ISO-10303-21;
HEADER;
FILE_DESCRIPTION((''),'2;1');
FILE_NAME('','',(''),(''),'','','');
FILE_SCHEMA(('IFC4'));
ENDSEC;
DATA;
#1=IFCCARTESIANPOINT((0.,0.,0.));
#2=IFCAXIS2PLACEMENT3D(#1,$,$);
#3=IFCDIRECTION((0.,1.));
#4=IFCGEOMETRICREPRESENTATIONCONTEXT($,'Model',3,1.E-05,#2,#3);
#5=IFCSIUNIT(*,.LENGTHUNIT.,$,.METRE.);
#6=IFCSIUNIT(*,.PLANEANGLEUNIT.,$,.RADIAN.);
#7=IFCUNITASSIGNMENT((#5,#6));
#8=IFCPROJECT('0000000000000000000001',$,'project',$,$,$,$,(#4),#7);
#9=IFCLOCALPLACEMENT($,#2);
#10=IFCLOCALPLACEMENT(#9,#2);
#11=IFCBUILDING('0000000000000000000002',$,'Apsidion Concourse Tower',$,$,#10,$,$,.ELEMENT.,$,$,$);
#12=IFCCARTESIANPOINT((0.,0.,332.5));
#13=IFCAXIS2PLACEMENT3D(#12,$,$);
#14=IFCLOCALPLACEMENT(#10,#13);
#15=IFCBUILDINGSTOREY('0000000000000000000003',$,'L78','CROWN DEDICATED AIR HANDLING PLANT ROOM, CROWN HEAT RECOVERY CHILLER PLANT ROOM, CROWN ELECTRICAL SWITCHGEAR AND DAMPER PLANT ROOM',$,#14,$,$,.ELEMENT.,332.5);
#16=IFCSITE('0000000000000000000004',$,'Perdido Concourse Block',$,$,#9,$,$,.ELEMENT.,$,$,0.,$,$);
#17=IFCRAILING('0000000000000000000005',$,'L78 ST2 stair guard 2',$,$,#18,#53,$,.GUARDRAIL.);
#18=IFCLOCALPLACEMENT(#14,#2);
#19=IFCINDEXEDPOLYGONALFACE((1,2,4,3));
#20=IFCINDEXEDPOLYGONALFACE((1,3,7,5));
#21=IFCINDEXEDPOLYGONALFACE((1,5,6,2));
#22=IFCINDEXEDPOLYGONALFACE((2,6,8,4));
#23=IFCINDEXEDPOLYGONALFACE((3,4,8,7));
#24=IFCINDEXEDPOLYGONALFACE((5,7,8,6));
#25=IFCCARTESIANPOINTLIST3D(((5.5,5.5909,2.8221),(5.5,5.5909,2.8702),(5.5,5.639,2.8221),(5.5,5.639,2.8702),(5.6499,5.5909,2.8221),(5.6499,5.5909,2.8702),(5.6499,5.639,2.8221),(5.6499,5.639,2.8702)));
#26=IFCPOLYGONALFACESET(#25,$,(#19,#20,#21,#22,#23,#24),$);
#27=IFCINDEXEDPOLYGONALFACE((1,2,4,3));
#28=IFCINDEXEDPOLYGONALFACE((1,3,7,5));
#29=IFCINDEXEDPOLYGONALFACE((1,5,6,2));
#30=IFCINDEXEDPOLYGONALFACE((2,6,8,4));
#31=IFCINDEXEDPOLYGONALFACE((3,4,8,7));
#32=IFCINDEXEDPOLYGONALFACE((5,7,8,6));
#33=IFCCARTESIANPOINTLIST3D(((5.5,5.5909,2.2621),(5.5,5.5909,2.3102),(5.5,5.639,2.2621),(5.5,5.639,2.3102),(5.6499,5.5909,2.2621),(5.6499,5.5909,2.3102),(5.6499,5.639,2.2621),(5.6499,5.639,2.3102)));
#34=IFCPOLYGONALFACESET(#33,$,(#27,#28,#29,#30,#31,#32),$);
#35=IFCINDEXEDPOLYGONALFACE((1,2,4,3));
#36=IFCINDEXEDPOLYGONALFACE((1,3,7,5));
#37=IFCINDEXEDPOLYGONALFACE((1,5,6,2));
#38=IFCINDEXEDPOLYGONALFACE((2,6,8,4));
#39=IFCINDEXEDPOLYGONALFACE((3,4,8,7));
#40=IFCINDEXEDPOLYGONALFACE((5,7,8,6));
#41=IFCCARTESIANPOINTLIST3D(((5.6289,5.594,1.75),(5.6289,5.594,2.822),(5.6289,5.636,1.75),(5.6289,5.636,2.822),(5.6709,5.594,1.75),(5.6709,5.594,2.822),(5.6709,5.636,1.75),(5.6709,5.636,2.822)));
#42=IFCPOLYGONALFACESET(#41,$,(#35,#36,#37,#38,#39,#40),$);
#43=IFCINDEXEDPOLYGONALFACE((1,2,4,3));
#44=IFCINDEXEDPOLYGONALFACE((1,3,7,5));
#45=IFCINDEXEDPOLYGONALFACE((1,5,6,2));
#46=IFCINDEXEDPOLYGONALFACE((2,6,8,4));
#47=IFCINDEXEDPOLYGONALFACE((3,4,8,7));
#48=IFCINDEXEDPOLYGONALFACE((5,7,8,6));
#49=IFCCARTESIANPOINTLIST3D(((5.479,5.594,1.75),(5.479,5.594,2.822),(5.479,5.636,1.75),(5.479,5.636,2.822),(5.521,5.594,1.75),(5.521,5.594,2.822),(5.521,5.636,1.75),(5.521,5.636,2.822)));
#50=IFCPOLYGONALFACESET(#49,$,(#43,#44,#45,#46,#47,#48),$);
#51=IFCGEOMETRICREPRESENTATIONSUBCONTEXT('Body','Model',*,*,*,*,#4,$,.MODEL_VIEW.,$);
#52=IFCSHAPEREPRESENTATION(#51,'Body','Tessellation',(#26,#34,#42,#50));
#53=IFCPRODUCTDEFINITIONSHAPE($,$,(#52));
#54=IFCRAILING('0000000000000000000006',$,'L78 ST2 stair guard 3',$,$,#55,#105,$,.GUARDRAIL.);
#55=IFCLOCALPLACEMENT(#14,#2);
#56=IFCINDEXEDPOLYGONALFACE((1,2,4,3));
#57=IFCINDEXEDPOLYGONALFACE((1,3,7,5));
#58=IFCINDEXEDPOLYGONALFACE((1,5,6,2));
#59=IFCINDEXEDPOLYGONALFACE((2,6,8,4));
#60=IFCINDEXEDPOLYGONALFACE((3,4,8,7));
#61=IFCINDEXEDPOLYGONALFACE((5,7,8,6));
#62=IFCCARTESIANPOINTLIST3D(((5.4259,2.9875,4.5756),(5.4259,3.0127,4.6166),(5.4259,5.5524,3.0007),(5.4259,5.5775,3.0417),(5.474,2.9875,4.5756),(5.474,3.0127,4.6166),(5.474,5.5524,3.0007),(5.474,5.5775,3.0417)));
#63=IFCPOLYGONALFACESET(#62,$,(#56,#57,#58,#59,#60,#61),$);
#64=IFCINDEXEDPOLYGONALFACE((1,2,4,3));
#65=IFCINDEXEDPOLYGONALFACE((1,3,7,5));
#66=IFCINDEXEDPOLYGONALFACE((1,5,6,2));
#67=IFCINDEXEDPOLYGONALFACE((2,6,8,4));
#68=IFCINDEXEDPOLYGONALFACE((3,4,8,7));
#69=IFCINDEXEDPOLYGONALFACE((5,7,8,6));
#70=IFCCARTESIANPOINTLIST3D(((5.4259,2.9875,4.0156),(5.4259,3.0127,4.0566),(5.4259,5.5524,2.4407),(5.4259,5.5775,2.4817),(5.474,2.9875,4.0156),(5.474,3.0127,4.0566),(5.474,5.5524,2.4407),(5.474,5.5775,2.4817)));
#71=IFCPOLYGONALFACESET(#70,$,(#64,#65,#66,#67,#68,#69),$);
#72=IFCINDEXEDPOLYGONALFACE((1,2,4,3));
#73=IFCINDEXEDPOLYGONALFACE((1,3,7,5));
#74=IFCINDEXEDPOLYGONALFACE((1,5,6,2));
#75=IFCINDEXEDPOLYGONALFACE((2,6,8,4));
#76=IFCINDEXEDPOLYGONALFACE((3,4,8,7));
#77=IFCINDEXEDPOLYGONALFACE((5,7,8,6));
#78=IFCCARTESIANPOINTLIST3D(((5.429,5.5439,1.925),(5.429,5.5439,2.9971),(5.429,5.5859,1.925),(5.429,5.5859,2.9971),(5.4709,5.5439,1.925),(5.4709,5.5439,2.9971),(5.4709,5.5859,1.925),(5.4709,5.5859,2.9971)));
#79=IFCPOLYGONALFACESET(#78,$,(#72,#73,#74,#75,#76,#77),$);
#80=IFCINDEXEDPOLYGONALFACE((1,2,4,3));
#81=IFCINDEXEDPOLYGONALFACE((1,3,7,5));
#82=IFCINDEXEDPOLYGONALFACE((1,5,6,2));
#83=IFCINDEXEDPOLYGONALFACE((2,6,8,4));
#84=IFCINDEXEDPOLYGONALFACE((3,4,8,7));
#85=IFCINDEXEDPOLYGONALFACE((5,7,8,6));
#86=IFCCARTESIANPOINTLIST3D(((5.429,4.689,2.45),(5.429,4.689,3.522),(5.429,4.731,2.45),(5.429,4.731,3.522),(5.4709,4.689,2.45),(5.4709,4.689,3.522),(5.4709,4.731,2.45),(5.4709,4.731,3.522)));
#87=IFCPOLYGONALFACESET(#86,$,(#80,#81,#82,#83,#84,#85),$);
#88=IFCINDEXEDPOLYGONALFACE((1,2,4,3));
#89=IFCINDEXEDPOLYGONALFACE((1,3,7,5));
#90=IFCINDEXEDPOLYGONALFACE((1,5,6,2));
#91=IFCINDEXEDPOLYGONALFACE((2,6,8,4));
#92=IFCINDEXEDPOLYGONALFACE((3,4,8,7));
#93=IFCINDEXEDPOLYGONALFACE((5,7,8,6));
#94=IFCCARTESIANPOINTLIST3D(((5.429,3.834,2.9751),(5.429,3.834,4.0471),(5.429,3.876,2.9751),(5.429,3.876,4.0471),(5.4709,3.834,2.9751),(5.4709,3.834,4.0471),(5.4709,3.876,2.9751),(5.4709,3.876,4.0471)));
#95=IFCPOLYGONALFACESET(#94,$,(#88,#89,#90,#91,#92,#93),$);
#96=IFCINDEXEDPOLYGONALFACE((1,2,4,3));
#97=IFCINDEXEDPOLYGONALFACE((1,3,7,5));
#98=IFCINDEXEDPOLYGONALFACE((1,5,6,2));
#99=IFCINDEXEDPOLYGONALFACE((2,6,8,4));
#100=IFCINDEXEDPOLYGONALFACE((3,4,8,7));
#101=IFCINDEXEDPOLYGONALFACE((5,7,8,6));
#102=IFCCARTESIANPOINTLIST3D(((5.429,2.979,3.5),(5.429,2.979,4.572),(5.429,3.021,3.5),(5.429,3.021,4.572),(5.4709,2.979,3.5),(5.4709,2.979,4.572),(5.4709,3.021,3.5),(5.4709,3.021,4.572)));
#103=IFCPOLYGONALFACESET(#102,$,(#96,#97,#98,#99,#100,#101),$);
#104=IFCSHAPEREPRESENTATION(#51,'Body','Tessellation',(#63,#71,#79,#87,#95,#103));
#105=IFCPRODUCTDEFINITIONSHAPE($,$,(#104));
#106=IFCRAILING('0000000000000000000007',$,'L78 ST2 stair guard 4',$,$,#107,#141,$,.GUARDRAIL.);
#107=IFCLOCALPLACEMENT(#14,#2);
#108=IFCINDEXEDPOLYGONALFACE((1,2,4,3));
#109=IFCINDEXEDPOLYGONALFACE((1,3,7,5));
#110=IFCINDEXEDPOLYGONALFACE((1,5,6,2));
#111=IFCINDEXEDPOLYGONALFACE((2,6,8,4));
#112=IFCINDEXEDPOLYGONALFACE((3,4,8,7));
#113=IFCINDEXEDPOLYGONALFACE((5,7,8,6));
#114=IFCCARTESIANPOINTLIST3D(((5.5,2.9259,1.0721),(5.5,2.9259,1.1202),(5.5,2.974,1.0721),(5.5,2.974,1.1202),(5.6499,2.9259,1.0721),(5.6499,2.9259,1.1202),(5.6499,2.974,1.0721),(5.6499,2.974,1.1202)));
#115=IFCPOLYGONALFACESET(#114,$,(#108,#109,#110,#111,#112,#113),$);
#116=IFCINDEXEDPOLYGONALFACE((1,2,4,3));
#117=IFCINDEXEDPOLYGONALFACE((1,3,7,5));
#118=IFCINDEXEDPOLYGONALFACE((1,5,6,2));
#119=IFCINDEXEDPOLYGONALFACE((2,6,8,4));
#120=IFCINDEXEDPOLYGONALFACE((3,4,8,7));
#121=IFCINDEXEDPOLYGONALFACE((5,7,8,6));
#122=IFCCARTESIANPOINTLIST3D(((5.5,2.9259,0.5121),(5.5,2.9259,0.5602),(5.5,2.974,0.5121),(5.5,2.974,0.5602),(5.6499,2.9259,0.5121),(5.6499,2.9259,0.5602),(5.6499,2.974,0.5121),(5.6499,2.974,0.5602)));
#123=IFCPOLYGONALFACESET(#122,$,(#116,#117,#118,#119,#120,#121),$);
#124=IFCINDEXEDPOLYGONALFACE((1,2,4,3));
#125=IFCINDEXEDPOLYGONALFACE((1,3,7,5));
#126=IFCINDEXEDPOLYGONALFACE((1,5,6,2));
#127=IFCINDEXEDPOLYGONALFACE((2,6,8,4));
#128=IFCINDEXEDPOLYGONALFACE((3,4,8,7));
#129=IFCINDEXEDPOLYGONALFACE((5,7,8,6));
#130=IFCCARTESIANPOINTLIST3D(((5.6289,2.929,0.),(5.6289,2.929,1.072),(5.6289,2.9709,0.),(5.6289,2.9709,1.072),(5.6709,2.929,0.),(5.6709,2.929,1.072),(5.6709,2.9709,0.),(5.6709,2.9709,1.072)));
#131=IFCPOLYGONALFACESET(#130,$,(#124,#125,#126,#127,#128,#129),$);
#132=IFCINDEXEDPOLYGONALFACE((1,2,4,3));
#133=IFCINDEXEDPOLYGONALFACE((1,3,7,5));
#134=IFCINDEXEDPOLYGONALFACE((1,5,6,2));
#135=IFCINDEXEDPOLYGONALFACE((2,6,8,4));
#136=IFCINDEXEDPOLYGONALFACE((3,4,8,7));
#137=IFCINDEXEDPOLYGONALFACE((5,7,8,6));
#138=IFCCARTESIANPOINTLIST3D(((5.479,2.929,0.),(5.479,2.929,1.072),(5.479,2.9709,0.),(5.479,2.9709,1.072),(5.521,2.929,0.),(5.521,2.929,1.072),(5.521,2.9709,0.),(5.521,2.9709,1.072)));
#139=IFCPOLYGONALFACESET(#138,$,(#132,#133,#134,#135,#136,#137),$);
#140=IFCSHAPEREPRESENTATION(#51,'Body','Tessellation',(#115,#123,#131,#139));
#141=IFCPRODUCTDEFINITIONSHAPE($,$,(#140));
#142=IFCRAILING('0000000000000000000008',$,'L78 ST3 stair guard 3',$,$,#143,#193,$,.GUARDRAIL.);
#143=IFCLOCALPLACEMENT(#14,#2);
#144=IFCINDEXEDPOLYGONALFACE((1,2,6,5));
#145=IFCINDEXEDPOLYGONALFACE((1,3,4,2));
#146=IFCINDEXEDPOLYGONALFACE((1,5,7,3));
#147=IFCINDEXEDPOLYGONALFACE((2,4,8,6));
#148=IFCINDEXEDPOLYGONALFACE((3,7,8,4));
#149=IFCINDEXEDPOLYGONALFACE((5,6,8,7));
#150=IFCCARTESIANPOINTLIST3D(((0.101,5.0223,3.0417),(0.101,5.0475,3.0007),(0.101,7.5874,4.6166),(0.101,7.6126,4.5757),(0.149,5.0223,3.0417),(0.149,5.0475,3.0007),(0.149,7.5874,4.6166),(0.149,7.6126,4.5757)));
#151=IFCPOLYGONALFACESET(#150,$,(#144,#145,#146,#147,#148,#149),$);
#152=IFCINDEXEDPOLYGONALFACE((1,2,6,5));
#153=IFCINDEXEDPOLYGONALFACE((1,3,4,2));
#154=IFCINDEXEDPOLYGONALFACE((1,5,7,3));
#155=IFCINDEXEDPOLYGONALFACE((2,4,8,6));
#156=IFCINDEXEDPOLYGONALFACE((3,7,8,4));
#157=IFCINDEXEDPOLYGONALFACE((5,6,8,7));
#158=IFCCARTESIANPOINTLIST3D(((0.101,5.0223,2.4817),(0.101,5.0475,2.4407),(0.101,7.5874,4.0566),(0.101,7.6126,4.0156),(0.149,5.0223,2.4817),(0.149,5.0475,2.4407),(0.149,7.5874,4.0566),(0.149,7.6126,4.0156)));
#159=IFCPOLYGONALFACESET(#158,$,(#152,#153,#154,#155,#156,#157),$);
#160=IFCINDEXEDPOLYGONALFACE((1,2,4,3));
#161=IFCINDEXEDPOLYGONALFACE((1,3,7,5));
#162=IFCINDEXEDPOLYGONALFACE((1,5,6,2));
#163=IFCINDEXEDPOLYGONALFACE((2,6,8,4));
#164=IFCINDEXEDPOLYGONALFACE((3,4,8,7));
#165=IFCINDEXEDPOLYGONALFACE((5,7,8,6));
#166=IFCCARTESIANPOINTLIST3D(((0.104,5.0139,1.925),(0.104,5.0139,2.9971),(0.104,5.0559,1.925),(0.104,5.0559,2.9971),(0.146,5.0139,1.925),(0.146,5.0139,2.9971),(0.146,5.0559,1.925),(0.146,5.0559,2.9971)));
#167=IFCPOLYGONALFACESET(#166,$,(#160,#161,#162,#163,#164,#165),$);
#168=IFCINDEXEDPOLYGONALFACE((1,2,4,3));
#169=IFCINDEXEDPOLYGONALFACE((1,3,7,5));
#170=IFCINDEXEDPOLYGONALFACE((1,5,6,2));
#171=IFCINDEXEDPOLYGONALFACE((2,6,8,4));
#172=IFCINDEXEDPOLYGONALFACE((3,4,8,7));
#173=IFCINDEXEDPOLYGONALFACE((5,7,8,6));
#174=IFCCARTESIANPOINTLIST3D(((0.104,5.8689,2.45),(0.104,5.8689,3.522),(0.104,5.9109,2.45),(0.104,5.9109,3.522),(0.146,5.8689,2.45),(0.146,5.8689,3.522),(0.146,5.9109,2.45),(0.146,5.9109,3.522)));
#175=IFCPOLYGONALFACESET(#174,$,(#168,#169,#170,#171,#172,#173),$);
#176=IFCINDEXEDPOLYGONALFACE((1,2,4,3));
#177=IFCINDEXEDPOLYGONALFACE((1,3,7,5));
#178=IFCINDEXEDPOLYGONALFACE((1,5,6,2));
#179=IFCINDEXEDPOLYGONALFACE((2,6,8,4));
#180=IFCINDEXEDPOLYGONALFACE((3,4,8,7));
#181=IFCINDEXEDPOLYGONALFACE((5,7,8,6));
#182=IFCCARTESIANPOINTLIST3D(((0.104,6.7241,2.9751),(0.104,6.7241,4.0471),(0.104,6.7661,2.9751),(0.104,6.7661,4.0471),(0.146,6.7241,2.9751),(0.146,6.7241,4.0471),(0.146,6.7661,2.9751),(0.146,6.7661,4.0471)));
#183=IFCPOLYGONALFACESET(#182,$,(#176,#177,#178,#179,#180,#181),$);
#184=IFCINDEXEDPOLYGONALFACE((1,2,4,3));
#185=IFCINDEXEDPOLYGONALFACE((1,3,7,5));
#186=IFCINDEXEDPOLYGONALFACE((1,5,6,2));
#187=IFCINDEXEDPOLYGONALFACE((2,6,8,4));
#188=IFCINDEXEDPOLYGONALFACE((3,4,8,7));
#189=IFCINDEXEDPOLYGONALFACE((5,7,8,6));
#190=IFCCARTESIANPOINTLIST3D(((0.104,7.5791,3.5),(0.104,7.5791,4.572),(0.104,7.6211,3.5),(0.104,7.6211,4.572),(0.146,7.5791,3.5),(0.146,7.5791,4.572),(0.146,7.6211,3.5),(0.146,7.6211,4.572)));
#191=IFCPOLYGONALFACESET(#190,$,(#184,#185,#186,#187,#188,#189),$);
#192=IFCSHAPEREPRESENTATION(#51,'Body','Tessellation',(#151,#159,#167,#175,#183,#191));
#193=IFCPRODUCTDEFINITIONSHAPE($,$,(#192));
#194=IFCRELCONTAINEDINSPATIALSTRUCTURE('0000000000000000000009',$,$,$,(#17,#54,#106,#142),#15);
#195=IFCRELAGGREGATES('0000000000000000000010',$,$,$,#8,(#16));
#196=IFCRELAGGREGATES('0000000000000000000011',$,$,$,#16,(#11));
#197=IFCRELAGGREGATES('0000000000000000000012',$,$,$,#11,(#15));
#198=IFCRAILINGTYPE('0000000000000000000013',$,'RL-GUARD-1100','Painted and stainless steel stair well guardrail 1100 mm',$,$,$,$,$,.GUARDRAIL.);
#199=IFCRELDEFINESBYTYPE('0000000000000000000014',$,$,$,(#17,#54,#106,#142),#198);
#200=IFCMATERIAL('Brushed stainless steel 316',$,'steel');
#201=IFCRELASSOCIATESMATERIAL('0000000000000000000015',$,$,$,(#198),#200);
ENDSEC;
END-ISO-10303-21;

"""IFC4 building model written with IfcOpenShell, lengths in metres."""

from ifc_helpers import new_model, si_unit, direction, frame, origin, origin_2d, place, context, subcontext, project, spatial, rectangle, extrude, material, type_object, element, save


model = new_model("IFC4")

# Units and contexts
model_context = context("Model", 3, precision=1e-05, world=origin(), true_north=direction((0.0, 1.0)))
body_context = subcontext(model_context, "Body", "Model", "MODEL_VIEW")
ifc_project = project(units=[si_unit("LENGTHUNIT", "METRE"), si_unit("PLANEANGLEUNIT", "RADIAN")], contexts=[model_context])

# Site, building, storey
site_placement = place(None, origin())
site = spatial("IfcSite", under=ifc_project, at=site_placement, Name="Perdido Concourse Block", CompositionType="ELEMENT", RefElevation=0.0)
building_placement = place(site_placement, origin())
building = spatial("IfcBuilding", under=site, at=building_placement, Name="Apsidion Concourse Tower", CompositionType="ELEMENT")
storey_placement = place(building_placement, frame((0.0, 0.0, 332.5)))
storey = spatial("IfcBuildingStorey", under=building, at=storey_placement, Name="L78", Description="CROWN DEDICATED AIR HANDLING PLANT ROOM, CROWN HEAT RECOVERY CHILLER PLANT ROOM, CROWN ELECTRICAL SWITCHGEAR AND DAMPER PLANT ROOM", CompositionType="ELEMENT", Elevation=332.5)

# Railings
ifc_material_1 = material(Name="Brushed stainless steel 316", Category="steel")
railing_type_1 = type_object("IfcRailingType", Name="RL-GUARD-1100", Description="Painted and stainless steel stair well guardrail 1100 mm", PredefinedType="GUARDRAIL", material=ifc_material_1)
railing_1_placement = place(storey_placement, frame((5.6499, 5.615, 1.75)))
element("IfcRailing", 1, at=railing_1_placement, inside=storey, type_object=railing_type_1, Name="L78 ST2 stair guard 2", PredefinedType="GUARDRAIL", context=body_context, shape_type="SweptSolid", body=[
    extrude(rectangle(XDim=0.0481, YDim=0.0481, at=origin_2d()), frame((0.0, 0.0, 1.0962), z_axis=(-1.0, 0.0, 0.0), x_axis=(0.0, -1.0, 0.0)), (0.0, 0.0, 1.0), 0.1499),
    extrude(rectangle(XDim=0.0481, YDim=0.0481, at=origin_2d()), frame((0.0, 0.0, 0.5361), z_axis=(-1.0, 0.0, 0.0), x_axis=(0.0, -1.0, 0.0)), (0.0, 0.0, 1.0), 0.1499),
    extrude(rectangle(XDim=0.042, YDim=0.042, at=origin_2d()), origin(), (0.0, 0.0, 1.0), 1.072),
    extrude(rectangle(XDim=0.042, YDim=0.042, at=origin_2d()), frame((-0.1499, 0.0, 0.0)), (0.0, 0.0, 1.0), 1.072),
])
railing_2_placement = place(storey_placement, frame((5.45, 5.5649, 1.925)))
element("IfcRailing", 2, at=railing_2_placement, inside=storey, type_object=railing_type_1, Name="L78 ST2 stair guard 3", PredefinedType="GUARDRAIL", context=body_context, shape_type="SweptSolid", body=[
    extrude(rectangle(XDim=0.0481, YDim=0.0481, at=origin_2d()), frame((0.0, 0.0, 1.0962), z_axis=(0.0, -0.852173, 0.52326), x_axis=(1.0, 0.0, 0.0)), (0.0, 0.0, 1.0), 3.0098),
    extrude(rectangle(XDim=0.0481, YDim=0.0481, at=origin_2d()), frame((0.0, 0.0, 0.5361), z_axis=(0.0, -0.852173, 0.52326), x_axis=(1.0, 0.0, 0.0)), (0.0, 0.0, 1.0), 3.0098),
    extrude(rectangle(XDim=0.042, YDim=0.042, at=origin_2d()), origin(), (0.0, 0.0, 1.0), 1.072),
    extrude(rectangle(XDim=0.042, YDim=0.042, at=origin_2d()), frame((0.0, -0.855, 0.5249)), (0.0, 0.0, 1.0), 1.072),
    extrude(rectangle(XDim=0.042, YDim=0.042, at=origin_2d()), frame((0.0, -1.71, 1.05)), (0.0, 0.0, 1.0), 1.072),
    extrude(rectangle(XDim=0.042, YDim=0.042, at=origin_2d()), frame((0.0, -2.5649, 1.575)), (0.0, 0.0, 1.0), 1.072),
])
railing_3_placement = place(storey_placement, frame((5.6499, 2.95, 0.0)))
element("IfcRailing", 3, at=railing_3_placement, inside=storey, type_object=railing_type_1, Name="L78 ST2 stair guard 4", PredefinedType="GUARDRAIL", context=body_context, shape_type="SweptSolid", body=[
    extrude(rectangle(XDim=0.0481, YDim=0.0481, at=origin_2d()), frame((0.0, 0.0, 1.0962), z_axis=(-1.0, 0.0, 0.0), x_axis=(0.0, -1.0, 0.0)), (0.0, 0.0, 1.0), 0.1499),
    extrude(rectangle(XDim=0.0481, YDim=0.0481, at=origin_2d()), frame((0.0, 0.0, 0.5361), z_axis=(-1.0, 0.0, 0.0), x_axis=(0.0, -1.0, 0.0)), (0.0, 0.0, 1.0), 0.1499),
    extrude(rectangle(XDim=0.042, YDim=0.042, at=origin_2d()), origin(), (0.0, 0.0, 1.0), 1.072),
    extrude(rectangle(XDim=0.042, YDim=0.042, at=origin_2d()), frame((-0.1499, 0.0, 0.0)), (0.0, 0.0, 1.0), 1.072),
])
railing_4_placement = place(storey_placement, frame((0.125, 5.0349, 1.925)))
element("IfcRailing", 4, at=railing_4_placement, inside=storey, type_object=railing_type_1, Name="L78 ST3 stair guard 3", PredefinedType="GUARDRAIL", context=body_context, shape_type="SweptSolid", body=[
    extrude(rectangle(XDim=0.0481, YDim=0.0481, at=origin_2d()), frame((0.0, 0.0, 1.0962), z_axis=(0.0, 0.852195, 0.523224), x_axis=(-1.0, 0.0, 0.0)), (0.0, 0.0, 1.0), 3.01),
    extrude(rectangle(XDim=0.0481, YDim=0.0481, at=origin_2d()), frame((0.0, 0.0, 0.5361), z_axis=(0.0, 0.852195, 0.523224), x_axis=(-1.0, 0.0, 0.0)), (0.0, 0.0, 1.0), 3.01),
    extrude(rectangle(XDim=0.042, YDim=0.042, at=origin_2d()), origin(), (0.0, 0.0, 1.0), 1.072),
    extrude(rectangle(XDim=0.042, YDim=0.042, at=origin_2d()), frame((0.0, 0.855, 0.5249)), (0.0, 0.0, 1.0), 1.072),
    extrude(rectangle(XDim=0.042, YDim=0.042, at=origin_2d()), frame((0.0, 1.7102, 1.05)), (0.0, 0.0, 1.0), 1.072),
    extrude(rectangle(XDim=0.042, YDim=0.042, at=origin_2d()), frame((0.0, 2.5652, 1.575)), (0.0, 0.0, 1.0), 1.072),
])

save(model, "model.ifc")
